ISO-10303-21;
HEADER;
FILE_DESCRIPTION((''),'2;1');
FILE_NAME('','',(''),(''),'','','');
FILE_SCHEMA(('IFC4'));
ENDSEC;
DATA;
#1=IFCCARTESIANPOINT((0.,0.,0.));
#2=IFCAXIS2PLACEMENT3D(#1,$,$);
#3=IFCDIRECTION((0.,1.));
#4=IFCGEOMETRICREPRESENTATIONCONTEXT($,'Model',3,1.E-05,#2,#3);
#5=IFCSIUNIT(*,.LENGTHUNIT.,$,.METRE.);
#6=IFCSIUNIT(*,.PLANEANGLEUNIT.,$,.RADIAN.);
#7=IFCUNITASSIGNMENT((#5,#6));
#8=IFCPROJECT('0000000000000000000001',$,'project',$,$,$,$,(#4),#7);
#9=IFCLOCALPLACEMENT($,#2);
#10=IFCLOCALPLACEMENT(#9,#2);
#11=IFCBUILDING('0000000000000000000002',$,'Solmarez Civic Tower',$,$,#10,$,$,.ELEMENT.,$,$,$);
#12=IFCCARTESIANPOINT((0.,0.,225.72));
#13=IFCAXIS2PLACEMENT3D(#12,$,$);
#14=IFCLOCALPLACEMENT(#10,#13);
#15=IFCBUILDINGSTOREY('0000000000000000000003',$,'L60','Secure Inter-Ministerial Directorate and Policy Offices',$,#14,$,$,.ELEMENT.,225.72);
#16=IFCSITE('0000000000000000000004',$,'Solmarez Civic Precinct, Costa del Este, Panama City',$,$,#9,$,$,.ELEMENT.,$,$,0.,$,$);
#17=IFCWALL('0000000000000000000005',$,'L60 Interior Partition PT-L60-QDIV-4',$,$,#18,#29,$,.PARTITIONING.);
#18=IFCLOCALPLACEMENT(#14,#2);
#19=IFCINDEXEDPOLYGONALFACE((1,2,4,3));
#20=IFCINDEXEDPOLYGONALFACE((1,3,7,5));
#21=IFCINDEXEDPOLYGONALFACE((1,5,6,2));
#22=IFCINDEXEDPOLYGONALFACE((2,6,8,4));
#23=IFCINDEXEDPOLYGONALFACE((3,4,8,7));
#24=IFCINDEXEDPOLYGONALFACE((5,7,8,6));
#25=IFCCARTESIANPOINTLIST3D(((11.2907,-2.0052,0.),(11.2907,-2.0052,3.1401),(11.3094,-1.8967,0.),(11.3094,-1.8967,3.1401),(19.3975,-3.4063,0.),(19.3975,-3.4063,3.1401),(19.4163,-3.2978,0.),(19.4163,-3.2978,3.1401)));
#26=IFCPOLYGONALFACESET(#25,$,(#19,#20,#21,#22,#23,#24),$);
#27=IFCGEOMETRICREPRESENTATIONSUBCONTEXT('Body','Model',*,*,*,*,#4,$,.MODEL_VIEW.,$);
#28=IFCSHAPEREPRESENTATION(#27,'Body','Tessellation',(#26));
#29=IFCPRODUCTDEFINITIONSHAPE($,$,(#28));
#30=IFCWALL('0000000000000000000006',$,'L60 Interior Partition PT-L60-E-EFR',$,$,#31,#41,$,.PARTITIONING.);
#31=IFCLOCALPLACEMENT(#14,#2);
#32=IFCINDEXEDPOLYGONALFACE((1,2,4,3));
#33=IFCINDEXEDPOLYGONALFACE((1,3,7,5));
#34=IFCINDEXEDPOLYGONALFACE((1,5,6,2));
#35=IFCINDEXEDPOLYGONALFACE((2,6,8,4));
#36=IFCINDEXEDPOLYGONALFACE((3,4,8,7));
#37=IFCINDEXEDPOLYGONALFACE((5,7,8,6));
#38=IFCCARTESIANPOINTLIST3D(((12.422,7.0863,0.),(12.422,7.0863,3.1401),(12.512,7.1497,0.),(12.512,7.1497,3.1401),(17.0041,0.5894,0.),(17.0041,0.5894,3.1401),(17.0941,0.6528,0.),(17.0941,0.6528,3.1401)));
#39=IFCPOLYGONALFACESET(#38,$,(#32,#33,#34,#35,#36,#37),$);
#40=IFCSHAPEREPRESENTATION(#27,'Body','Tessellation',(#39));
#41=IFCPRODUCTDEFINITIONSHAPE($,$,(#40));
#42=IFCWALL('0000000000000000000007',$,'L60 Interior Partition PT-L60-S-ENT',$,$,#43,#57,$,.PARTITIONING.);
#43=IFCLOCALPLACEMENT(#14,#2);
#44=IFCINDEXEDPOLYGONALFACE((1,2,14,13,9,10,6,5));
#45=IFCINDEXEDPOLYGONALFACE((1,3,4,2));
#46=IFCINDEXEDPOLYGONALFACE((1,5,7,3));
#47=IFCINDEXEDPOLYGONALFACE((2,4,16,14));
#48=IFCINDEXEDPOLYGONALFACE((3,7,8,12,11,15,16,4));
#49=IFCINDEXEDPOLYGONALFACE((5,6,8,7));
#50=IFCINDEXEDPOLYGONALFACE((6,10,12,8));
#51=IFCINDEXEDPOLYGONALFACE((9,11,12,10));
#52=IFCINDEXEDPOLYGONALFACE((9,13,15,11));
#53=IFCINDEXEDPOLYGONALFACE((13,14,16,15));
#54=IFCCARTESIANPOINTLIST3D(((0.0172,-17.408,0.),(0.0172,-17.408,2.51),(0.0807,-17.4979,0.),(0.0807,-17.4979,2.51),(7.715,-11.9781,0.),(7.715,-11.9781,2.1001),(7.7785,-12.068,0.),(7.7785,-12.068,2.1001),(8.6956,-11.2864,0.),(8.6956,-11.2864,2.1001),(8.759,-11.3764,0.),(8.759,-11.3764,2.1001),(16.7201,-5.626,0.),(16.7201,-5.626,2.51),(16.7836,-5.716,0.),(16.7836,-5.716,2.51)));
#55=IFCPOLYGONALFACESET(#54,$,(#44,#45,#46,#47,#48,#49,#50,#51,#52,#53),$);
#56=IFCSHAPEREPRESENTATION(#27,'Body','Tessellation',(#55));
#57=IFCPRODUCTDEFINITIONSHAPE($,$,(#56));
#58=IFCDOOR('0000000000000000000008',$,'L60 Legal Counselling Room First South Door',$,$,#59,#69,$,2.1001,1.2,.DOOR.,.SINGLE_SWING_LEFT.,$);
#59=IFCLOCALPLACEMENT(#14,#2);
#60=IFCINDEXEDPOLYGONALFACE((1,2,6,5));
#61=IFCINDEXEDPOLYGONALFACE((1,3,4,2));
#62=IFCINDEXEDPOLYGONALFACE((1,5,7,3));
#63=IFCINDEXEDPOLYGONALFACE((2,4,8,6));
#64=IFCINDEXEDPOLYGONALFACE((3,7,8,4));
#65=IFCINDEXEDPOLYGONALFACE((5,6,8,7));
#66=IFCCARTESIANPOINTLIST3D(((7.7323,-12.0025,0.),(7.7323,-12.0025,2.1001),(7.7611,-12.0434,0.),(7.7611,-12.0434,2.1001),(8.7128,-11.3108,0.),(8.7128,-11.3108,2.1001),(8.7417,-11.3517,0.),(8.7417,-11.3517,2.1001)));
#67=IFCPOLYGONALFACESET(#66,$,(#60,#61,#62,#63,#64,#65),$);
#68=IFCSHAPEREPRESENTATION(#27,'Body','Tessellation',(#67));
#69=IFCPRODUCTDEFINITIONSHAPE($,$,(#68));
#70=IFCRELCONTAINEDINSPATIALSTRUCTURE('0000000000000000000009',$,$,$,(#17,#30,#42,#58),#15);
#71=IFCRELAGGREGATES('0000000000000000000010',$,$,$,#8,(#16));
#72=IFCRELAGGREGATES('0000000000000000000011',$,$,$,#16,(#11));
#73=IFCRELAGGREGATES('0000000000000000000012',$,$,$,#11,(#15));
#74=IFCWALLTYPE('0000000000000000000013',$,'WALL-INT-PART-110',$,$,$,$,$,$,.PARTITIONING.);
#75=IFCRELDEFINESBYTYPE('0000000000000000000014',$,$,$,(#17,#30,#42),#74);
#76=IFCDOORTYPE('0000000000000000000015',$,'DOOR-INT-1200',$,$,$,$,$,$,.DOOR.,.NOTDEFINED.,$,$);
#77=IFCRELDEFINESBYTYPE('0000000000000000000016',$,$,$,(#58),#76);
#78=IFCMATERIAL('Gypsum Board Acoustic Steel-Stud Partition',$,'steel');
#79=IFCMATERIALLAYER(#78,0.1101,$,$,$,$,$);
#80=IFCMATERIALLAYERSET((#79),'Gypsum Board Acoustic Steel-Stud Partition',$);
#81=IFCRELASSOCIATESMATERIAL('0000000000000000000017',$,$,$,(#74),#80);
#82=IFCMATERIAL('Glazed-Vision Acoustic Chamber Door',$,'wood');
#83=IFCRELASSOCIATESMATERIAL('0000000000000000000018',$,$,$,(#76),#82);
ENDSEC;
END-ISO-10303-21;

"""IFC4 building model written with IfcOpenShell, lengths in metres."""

from ifc_helpers import new_model, si_unit, direction, frame, frame_2d, origin, place, context, subcontext, project, spatial, rectangle, extrude, material, layer, layer_set, type_object, element, fill, save


model = new_model("IFC4")

# Units and contexts
model_context = context("Model", 3, precision=1e-05, world=origin(), true_north=direction((0.0, 1.0)))
body_context = subcontext(model_context, "Body", "Model", "MODEL_VIEW")
ifc_project = project(units=[si_unit("LENGTHUNIT", "METRE"), si_unit("PLANEANGLEUNIT", "RADIAN")], contexts=[model_context])

# Site, building, storey
site_placement = place(None, origin())
site = spatial("IfcSite", under=ifc_project, at=site_placement, Name="Solmarez Civic Precinct, Costa del Este, Panama City", CompositionType="ELEMENT", RefElevation=0.0)
building_placement = place(site_placement, origin())
building = spatial("IfcBuilding", under=site, at=building_placement, Name="Solmarez Civic Tower", CompositionType="ELEMENT")
storey_placement = place(building_placement, frame((0.0, 0.0, 225.72)))
storey = spatial("IfcBuildingStorey", under=building, at=storey_placement, Name="L60", Description="Secure Inter-Ministerial Directorate and Policy Offices", CompositionType="ELEMENT", Elevation=225.72)

# Walls
ifc_material_1 = material(Name="Gypsum Board Acoustic Steel-Stud Partition", Category="steel")
ifc_layer_1 = layer(ifc_material_1, 0.1101)
ifc_layer_set_1 = layer_set([ifc_layer_1], Name="Gypsum Board Acoustic Steel-Stud Partition")
wall_type_1 = type_object("IfcWallType", Name="WALL-INT-PART-110", PredefinedType="PARTITIONING", material=ifc_layer_set_1)
wall_1_placement = place(storey_placement, frame((11.3, -1.9509, 0.0), z_axis=(0.0, 0.0, 1.0), x_axis=(0.985391, -0.170305, 0.0)))
element("IfcWall", 1, at=wall_1_placement, inside=storey, type_object=wall_type_1, Name="L60 Interior Partition PT-L60-QDIV-4", PredefinedType="PARTITIONING", context=body_context, shape_type="SweptSolid", body=[
    extrude(rectangle(XDim=8.2271, YDim=0.1101, at=frame_2d((4.1135, 0.0))), origin(), (0.0, 0.0, 1.0), 3.1401),
])
wall_2_placement = place(storey_placement, frame((17.0491, 0.6211, 0.0), z_axis=(0.0, 0.0, 1.0), x_axis=(-0.57635, 0.817203, 0.0)))
element("IfcWall", 2, at=wall_2_placement, inside=storey, type_object=wall_type_1, Name="L60 Interior Partition PT-L60-E-EFR", PredefinedType="PARTITIONING", context=body_context, shape_type="SweptSolid", body=[
    extrude(rectangle(XDim=7.9502, YDim=0.1101, at=frame_2d((3.9751, 0.0))), origin(), (0.0, 0.0, 1.0), 3.1401),
])

# Wall, opening, door
wall_3_placement = place(storey_placement, frame((16.752, -5.6709, 0.0), z_axis=(0.0, 0.0, 1.0), x_axis=(-0.817159, -0.576413, 0.0)))
wall_3 = element("IfcWall", 3, at=wall_3_placement, inside=storey, type_object=wall_type_1, Name="L60 Interior Partition PT-L60-S-ENT", PredefinedType="PARTITIONING", context=body_context, shape_type="SweptSolid", body=[
    extrude(rectangle(XDim=20.4402, YDim=0.1101, at=frame_2d((10.2202, 0.0))), origin(), (0.0, 0.0, 1.0), 2.51),
])
opening_placement = place(wall_3_placement, frame((9.8201, 0.0, 0.0)))
opening = element("IfcOpeningElement", 4, at=opening_placement, cuts=wall_3, PredefinedType="OPENING", context=body_context, shape_type="SweptSolid", body=[
    extrude(rectangle(XDim=1.2, YDim=2.1001, at=frame_2d((0.6001, 1.05))), frame((0.0, 0.0649, 0.0), z_axis=(0.0, -1.0, 0.0), x_axis=(1.0, 0.0, 0.0)), (0.0, 0.0, 1.0), 0.1301),
])
ifc_material_2 = material(Name="Glazed-Vision Acoustic Chamber Door", Category="wood")
door_type = type_object("IfcDoorType", Name="DOOR-INT-1200", OperationType="NOTDEFINED", PredefinedType="DOOR", material=ifc_material_2)
door_placement = place(opening_placement, origin())
door = element("IfcDoor", 5, at=door_placement, inside=storey, type_object=door_type, Name="L60 Legal Counselling Room First South Door", OperationType="SINGLE_SWING_LEFT", OverallHeight=2.1001, OverallWidth=1.2, PredefinedType="DOOR", context=body_context, shape_type="SweptSolid", body=[
    extrude(rectangle(XDim=1.2, YDim=2.1001, at=frame_2d((0.6001, 1.05))), frame((0.0, 0.0249, 0.0), z_axis=(0.0, -1.0, 0.0), x_axis=(1.0, 0.0, 0.0)), (0.0, 0.0, 1.0), 0.05),
])
fill(opening, door)

save(model, "model.ifc")
